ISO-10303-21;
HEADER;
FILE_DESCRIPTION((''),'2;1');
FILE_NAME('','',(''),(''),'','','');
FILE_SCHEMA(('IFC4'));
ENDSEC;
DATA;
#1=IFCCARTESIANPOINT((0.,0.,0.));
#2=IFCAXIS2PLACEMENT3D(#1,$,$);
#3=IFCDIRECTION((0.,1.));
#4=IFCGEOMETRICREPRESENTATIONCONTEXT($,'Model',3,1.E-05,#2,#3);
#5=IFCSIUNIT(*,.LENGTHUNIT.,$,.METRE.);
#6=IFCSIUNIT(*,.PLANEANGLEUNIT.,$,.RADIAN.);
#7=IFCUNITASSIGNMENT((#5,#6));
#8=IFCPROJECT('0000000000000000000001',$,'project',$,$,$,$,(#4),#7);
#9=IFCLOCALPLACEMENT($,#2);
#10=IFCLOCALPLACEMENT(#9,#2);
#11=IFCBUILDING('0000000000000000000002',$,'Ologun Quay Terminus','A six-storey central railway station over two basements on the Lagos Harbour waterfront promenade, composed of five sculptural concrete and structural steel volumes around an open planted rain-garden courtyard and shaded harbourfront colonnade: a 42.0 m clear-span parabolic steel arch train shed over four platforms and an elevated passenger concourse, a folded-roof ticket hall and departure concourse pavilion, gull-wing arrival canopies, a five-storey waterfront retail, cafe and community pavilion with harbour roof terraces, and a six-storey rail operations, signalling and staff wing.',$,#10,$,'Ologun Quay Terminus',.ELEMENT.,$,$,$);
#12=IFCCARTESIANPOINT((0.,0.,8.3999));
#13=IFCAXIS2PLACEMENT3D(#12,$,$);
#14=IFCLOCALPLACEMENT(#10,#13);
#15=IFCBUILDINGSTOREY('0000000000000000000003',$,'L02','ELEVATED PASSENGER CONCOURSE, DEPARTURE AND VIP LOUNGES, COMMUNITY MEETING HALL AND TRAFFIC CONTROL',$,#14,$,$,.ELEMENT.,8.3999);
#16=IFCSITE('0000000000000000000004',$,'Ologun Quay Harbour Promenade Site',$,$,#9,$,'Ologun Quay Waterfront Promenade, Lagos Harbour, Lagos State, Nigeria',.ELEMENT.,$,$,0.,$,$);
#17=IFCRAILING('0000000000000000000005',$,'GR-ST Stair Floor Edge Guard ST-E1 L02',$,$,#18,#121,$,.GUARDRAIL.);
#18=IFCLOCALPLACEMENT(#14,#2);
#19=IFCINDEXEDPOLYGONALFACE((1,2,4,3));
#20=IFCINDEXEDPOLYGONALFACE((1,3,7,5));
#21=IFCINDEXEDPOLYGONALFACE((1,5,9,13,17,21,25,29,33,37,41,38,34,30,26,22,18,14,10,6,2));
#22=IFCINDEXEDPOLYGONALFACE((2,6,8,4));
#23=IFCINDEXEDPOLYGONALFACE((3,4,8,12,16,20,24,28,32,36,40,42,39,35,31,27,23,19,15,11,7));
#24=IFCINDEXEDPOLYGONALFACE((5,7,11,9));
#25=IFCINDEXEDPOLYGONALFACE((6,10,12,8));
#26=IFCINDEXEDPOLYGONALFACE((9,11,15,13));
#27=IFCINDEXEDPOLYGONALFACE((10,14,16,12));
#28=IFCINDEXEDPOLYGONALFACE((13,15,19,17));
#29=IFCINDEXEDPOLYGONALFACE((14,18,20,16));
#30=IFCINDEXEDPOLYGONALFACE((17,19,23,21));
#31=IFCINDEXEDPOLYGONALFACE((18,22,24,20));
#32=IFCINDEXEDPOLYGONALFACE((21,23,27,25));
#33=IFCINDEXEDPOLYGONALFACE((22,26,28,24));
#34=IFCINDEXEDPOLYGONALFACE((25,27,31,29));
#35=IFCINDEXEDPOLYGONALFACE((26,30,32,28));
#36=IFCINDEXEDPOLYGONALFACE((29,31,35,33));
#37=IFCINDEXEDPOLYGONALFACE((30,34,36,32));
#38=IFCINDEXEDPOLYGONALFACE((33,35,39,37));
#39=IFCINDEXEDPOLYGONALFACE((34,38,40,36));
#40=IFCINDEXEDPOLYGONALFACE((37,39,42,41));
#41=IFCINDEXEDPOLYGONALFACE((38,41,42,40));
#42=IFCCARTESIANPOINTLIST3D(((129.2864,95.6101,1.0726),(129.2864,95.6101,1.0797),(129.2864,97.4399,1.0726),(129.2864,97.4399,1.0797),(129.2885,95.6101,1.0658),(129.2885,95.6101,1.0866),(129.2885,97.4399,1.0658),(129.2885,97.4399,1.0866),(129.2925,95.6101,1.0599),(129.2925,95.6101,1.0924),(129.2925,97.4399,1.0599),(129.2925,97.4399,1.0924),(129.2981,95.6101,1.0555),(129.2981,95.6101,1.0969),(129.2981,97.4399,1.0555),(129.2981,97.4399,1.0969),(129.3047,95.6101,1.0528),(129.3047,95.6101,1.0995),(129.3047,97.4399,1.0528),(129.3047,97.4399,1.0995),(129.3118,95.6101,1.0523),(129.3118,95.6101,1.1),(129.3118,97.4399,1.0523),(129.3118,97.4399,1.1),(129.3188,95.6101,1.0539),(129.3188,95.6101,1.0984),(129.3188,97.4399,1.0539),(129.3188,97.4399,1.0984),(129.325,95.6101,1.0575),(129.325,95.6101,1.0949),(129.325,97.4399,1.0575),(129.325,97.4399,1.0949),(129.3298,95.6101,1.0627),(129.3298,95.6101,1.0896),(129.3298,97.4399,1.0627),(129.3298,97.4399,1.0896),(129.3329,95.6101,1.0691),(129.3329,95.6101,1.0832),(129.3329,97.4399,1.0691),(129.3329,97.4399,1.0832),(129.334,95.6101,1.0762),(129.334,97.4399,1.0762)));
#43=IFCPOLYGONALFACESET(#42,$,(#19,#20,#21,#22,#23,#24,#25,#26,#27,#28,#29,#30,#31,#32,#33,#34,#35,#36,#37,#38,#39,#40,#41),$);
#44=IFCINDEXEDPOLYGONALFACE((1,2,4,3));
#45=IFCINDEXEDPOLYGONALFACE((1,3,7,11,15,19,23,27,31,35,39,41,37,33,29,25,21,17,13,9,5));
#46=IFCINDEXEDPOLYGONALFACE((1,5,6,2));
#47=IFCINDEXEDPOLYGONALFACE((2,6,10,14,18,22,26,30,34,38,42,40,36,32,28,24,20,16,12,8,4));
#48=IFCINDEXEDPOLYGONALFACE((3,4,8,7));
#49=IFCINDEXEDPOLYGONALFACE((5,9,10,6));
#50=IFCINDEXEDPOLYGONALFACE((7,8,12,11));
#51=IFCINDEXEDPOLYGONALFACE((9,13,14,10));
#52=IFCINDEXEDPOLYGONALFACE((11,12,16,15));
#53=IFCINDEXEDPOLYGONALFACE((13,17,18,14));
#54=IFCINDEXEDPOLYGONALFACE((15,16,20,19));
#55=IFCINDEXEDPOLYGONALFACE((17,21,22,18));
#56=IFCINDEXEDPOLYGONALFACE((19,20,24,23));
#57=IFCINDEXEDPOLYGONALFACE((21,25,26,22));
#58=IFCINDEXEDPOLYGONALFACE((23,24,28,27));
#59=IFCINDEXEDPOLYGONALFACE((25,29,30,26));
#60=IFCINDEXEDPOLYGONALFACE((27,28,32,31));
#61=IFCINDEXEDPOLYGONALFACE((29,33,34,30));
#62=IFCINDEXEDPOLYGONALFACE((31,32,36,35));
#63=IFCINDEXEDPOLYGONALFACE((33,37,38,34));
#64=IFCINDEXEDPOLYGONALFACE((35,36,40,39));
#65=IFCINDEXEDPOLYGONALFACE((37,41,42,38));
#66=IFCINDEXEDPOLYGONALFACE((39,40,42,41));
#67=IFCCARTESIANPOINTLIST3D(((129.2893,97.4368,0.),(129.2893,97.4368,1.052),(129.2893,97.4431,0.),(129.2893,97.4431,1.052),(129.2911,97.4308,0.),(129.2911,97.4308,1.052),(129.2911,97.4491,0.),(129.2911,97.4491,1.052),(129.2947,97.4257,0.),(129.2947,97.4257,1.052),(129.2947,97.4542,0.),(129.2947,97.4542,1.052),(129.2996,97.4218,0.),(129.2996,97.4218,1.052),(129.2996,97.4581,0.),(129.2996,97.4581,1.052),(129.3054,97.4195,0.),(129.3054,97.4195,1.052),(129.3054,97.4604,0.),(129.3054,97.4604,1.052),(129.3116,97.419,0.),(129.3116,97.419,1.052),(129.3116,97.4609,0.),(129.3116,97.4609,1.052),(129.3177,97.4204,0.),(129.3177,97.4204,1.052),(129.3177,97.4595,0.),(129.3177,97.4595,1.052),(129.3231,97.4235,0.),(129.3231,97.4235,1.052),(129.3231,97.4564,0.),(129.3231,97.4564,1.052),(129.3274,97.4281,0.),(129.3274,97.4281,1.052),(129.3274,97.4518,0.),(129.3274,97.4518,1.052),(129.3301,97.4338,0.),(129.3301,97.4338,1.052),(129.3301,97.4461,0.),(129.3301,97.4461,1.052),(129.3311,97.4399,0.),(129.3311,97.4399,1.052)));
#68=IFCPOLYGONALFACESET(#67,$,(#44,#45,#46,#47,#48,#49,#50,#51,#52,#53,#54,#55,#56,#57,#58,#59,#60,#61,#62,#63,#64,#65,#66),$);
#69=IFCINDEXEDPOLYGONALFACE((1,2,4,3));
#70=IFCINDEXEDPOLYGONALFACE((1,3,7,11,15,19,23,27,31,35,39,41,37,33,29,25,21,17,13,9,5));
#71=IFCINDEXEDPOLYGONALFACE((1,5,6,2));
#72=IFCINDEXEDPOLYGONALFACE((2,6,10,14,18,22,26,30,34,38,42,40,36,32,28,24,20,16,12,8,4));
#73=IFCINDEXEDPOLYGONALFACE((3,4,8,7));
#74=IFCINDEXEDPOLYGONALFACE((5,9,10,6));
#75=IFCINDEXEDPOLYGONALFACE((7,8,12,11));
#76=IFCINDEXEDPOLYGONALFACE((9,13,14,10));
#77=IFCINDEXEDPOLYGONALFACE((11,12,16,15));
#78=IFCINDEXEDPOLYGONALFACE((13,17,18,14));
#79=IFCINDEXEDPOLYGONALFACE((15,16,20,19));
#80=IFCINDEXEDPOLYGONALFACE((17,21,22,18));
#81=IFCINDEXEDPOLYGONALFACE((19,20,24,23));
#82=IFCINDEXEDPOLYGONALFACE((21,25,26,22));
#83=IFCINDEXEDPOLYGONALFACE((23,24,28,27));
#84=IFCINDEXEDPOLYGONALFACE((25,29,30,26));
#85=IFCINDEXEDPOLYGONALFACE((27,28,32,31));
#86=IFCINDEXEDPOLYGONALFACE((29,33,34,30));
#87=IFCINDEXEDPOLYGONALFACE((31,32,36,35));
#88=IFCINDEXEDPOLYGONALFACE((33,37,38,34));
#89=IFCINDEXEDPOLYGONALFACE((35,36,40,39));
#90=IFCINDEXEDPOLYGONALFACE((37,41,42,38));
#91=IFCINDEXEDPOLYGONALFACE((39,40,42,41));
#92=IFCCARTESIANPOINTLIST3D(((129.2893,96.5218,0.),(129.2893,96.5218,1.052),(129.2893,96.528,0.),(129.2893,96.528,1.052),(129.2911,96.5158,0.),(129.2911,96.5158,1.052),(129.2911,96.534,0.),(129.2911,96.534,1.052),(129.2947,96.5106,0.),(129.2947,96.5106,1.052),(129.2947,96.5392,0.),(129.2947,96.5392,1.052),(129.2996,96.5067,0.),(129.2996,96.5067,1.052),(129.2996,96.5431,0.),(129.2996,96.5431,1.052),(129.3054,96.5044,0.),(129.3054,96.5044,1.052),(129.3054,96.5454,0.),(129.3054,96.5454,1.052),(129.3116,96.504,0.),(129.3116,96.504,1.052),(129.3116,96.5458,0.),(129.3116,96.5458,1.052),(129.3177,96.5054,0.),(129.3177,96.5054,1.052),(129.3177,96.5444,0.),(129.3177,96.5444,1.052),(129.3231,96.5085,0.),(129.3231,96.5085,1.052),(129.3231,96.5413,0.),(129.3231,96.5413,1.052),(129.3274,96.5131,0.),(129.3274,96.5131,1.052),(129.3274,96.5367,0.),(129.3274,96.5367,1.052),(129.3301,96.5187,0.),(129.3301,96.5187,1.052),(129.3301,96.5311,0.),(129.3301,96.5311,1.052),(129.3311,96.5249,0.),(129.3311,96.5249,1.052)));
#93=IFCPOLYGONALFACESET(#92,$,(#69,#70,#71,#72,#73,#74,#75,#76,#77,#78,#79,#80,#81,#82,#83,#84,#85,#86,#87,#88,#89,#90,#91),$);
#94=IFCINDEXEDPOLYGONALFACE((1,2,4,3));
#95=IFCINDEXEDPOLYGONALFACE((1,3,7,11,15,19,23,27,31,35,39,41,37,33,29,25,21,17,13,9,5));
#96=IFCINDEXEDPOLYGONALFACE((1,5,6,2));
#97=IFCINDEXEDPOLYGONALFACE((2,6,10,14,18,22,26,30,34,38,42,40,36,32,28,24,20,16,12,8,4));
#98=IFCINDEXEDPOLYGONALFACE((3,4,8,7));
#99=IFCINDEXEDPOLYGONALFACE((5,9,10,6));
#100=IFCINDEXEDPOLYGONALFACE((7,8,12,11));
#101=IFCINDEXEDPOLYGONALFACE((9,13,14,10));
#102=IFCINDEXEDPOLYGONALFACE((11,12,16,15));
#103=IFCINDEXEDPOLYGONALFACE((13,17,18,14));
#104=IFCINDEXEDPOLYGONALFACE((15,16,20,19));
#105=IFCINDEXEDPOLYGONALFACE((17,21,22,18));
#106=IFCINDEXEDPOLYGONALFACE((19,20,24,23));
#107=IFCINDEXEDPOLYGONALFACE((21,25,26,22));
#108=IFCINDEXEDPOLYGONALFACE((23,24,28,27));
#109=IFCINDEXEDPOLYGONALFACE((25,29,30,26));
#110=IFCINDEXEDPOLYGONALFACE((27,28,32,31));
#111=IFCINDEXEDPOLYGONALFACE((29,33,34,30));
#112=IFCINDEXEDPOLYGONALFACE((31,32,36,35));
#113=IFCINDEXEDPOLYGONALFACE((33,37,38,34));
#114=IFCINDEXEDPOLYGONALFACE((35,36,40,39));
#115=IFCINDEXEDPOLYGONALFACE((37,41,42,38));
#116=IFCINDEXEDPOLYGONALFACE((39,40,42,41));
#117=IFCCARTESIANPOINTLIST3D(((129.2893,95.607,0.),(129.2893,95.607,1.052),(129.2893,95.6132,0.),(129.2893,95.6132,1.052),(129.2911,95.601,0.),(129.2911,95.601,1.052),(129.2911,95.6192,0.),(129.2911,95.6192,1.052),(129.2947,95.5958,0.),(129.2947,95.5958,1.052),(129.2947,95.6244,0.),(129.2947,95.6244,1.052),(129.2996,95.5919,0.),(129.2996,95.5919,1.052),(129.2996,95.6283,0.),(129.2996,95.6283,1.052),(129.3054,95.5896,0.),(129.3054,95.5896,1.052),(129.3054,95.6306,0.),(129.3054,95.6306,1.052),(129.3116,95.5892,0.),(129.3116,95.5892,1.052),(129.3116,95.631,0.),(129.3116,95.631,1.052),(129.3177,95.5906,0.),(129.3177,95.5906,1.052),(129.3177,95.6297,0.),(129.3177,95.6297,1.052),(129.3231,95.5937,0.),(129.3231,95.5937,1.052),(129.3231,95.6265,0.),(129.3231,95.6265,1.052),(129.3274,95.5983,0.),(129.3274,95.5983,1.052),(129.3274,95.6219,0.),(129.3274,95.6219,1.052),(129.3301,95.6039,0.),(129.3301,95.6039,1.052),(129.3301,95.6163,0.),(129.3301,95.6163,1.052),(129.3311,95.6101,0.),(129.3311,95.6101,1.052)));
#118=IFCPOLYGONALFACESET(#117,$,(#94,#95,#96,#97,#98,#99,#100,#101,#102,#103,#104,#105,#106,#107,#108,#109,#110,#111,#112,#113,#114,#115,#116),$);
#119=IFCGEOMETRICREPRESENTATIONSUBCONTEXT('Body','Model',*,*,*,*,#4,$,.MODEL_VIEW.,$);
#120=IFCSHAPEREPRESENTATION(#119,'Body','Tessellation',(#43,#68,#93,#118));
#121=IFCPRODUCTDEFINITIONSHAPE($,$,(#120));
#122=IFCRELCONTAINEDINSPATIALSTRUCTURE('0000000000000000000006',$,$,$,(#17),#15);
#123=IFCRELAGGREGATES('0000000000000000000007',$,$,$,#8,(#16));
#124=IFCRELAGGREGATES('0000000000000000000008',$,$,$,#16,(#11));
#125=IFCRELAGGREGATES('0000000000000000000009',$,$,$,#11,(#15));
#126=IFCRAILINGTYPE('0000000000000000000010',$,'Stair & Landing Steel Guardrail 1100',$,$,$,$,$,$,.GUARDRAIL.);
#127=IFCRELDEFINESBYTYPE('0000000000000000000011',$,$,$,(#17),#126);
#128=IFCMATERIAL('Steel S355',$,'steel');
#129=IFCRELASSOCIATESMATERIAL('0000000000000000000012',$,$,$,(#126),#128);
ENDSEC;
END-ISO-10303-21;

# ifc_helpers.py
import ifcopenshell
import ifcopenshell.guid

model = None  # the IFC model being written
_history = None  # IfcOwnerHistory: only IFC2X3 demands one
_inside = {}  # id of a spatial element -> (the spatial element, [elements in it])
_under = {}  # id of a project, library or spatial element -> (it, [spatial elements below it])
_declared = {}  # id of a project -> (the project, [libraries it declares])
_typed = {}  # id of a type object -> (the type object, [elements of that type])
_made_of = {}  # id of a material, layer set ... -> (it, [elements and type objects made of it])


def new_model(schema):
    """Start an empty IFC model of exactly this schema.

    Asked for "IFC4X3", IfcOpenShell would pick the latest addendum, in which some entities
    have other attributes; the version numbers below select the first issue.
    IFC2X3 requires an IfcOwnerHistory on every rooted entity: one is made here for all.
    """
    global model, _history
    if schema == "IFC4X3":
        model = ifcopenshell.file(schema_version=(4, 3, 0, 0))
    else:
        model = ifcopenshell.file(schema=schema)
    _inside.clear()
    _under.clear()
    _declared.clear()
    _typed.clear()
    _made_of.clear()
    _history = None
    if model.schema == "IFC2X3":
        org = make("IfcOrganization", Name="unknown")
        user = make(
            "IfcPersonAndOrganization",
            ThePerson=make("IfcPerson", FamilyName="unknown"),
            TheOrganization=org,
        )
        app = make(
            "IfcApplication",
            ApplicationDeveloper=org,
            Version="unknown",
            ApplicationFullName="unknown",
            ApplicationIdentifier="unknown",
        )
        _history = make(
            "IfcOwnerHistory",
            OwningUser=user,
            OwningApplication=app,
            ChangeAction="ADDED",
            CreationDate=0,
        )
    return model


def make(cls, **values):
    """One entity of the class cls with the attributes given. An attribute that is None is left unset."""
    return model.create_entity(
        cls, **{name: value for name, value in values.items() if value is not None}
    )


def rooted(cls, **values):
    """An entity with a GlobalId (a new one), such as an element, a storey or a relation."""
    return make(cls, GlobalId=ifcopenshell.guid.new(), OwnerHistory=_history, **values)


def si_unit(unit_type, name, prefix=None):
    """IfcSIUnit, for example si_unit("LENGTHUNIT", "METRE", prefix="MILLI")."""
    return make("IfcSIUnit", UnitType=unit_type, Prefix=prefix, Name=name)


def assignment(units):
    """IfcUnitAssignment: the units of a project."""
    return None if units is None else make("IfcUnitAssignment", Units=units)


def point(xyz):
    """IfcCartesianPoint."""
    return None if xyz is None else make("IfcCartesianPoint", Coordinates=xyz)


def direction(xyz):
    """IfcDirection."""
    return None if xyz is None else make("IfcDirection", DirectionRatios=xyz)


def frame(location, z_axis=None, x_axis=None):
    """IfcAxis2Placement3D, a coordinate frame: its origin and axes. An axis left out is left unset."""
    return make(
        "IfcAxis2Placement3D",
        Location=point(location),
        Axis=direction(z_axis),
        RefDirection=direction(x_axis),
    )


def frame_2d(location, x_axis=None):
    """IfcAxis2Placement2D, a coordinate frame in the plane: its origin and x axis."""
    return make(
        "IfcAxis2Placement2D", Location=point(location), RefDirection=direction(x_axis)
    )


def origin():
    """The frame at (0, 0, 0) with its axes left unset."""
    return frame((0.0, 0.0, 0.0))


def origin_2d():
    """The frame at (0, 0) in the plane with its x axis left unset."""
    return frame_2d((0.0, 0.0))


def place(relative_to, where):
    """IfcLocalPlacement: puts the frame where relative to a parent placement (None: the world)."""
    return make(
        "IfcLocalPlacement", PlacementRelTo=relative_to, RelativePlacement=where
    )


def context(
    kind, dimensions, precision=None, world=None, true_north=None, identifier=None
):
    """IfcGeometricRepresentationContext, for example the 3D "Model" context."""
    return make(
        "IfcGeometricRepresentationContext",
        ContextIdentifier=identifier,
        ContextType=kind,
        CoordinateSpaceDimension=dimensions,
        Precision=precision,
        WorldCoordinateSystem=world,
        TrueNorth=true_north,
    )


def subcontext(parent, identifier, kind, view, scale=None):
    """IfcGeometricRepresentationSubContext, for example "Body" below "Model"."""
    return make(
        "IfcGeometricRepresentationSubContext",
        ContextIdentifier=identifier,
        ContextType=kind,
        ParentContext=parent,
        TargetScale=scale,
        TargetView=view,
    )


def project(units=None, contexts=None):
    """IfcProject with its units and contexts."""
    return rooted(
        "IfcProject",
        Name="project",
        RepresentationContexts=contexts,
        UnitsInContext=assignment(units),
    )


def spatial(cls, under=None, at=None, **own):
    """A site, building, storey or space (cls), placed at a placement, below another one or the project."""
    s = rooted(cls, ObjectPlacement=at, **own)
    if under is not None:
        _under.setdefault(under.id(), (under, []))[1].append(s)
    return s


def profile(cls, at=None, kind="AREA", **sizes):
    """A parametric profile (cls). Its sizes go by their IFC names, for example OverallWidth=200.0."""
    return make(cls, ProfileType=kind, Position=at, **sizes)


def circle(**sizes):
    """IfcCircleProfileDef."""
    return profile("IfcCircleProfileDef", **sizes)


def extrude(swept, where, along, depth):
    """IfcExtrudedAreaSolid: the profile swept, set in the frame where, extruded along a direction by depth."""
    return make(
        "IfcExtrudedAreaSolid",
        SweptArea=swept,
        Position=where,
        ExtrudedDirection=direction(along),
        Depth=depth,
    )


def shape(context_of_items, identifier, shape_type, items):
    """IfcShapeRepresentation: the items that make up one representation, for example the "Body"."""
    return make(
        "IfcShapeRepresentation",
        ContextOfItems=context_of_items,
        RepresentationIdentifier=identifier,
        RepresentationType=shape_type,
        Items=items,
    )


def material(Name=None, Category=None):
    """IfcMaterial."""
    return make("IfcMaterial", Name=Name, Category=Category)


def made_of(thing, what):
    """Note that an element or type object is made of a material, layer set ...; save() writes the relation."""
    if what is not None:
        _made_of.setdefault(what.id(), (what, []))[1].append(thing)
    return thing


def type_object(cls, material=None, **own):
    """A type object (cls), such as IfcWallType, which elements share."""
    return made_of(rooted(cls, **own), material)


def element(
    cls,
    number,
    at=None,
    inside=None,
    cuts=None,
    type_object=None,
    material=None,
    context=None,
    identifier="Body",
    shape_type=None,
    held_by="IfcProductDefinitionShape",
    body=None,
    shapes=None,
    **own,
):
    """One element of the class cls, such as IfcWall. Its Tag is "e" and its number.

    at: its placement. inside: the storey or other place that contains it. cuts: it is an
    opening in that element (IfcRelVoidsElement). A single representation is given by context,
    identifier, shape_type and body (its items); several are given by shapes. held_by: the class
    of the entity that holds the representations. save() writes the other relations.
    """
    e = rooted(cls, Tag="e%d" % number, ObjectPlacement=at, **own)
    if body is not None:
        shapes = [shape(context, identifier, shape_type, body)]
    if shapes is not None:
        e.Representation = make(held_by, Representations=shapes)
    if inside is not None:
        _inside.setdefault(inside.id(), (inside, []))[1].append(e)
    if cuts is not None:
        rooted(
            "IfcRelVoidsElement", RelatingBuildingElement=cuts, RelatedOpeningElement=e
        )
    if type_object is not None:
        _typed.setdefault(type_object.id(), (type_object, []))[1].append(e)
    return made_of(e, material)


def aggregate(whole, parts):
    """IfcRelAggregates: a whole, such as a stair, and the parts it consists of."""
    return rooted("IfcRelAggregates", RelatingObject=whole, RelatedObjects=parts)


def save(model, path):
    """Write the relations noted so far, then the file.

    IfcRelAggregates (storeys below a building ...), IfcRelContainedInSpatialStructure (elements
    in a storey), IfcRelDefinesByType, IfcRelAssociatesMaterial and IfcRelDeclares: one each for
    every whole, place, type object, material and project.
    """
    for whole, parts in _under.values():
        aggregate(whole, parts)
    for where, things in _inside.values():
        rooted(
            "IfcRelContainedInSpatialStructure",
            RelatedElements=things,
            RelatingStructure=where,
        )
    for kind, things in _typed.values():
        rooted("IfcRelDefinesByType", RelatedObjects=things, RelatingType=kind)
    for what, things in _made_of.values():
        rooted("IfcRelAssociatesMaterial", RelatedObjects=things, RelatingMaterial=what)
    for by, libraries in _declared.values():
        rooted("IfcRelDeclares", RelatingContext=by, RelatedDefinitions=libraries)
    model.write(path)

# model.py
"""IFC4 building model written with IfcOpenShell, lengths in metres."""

from ifc_helpers import new_model, si_unit, direction, frame, origin, origin_2d, place, context, subcontext, project, spatial, circle, extrude, material, type_object, element, save


model = new_model("IFC4")

# Units and contexts
model_context = context("Model", 3, precision=1e-05, world=origin(), true_north=direction((0.0, 1.0)))
body_context = subcontext(model_context, "Body", "Model", "MODEL_VIEW")
ifc_project = project(units=[si_unit("LENGTHUNIT", "METRE"), si_unit("PLANEANGLEUNIT", "RADIAN")], contexts=[model_context])

# Site, building, storey
site_placement = place(None, origin())
site = spatial("IfcSite", under=ifc_project, at=site_placement, Name="Ologun Quay Harbour Promenade Site", LongName="Ologun Quay Waterfront Promenade, Lagos Harbour, Lagos State, Nigeria", CompositionType="ELEMENT", RefElevation=0.0)
building_placement = place(site_placement, origin())
building = spatial("IfcBuilding", under=site, at=building_placement, Name="Ologun Quay Terminus", Description="A six-storey central railway station over two basements on the Lagos Harbour waterfront promenade, composed of five sculptural concrete and structural steel volumes around an open planted rain-garden courtyard and shaded harbourfront colonnade: a 42.0 m clear-span parabolic steel arch train shed over four platforms and an elevated passenger concourse, a folded-roof ticket hall and departure concourse pavilion, gull-wing arrival canopies, a five-storey waterfront retail, cafe and community pavilion with harbour roof terraces, and a six-storey rail operations, signalling and staff wing.", LongName="Ologun Quay Terminus", CompositionType="ELEMENT")
storey_placement = place(building_placement, frame((0.0, 0.0, 8.3999)))
storey = spatial("IfcBuildingStorey", under=building, at=storey_placement, Name="L02", Description="ELEVATED PASSENGER CONCOURSE, DEPARTURE AND VIP LOUNGES, COMMUNITY MEETING HALL AND TRAFFIC CONTROL", CompositionType="ELEMENT", Elevation=8.3999)

# Railing
ifc_material_1 = material(Name="Steel S355", Category="steel")
railing_type_1 = type_object("IfcRailingType", Name="Stair & Landing Steel Guardrail 1100", PredefinedType="GUARDRAIL", material=ifc_material_1)
railing_1_placement = place(storey_placement, frame((129.3101, 97.4399, 0.0)))
element("IfcRailing", 1, at=railing_1_placement, inside=storey, type_object=railing_type_1, Name="GR-ST Stair Floor Edge Guard ST-E1 L02", PredefinedType="GUARDRAIL", context=body_context, shape_type="SweptSolid", body=[
    extrude(circle(Radius=0.0239, at=origin_2d()), frame((0.0, 0.0, 1.0762), z_axis=(0.0, -1.0, 0.0), x_axis=(1.0, 0.0, 0.0)), (0.0, 0.0, 1.0), 1.8298),
    extrude(circle(Radius=0.021, at=origin_2d()), origin(), (0.0, 0.0, 1.0), 1.052),
    extrude(circle(Radius=0.021, at=origin_2d()), frame((0.0, -0.915, 0.0)), (0.0, 0.0, 1.0), 1.052),
    extrude(circle(Radius=0.021, at=origin_2d()), frame((0.0, -1.8298, 0.0)), (0.0, 0.0, 1.0), 1.052),
])

save(model, "model.ifc")
